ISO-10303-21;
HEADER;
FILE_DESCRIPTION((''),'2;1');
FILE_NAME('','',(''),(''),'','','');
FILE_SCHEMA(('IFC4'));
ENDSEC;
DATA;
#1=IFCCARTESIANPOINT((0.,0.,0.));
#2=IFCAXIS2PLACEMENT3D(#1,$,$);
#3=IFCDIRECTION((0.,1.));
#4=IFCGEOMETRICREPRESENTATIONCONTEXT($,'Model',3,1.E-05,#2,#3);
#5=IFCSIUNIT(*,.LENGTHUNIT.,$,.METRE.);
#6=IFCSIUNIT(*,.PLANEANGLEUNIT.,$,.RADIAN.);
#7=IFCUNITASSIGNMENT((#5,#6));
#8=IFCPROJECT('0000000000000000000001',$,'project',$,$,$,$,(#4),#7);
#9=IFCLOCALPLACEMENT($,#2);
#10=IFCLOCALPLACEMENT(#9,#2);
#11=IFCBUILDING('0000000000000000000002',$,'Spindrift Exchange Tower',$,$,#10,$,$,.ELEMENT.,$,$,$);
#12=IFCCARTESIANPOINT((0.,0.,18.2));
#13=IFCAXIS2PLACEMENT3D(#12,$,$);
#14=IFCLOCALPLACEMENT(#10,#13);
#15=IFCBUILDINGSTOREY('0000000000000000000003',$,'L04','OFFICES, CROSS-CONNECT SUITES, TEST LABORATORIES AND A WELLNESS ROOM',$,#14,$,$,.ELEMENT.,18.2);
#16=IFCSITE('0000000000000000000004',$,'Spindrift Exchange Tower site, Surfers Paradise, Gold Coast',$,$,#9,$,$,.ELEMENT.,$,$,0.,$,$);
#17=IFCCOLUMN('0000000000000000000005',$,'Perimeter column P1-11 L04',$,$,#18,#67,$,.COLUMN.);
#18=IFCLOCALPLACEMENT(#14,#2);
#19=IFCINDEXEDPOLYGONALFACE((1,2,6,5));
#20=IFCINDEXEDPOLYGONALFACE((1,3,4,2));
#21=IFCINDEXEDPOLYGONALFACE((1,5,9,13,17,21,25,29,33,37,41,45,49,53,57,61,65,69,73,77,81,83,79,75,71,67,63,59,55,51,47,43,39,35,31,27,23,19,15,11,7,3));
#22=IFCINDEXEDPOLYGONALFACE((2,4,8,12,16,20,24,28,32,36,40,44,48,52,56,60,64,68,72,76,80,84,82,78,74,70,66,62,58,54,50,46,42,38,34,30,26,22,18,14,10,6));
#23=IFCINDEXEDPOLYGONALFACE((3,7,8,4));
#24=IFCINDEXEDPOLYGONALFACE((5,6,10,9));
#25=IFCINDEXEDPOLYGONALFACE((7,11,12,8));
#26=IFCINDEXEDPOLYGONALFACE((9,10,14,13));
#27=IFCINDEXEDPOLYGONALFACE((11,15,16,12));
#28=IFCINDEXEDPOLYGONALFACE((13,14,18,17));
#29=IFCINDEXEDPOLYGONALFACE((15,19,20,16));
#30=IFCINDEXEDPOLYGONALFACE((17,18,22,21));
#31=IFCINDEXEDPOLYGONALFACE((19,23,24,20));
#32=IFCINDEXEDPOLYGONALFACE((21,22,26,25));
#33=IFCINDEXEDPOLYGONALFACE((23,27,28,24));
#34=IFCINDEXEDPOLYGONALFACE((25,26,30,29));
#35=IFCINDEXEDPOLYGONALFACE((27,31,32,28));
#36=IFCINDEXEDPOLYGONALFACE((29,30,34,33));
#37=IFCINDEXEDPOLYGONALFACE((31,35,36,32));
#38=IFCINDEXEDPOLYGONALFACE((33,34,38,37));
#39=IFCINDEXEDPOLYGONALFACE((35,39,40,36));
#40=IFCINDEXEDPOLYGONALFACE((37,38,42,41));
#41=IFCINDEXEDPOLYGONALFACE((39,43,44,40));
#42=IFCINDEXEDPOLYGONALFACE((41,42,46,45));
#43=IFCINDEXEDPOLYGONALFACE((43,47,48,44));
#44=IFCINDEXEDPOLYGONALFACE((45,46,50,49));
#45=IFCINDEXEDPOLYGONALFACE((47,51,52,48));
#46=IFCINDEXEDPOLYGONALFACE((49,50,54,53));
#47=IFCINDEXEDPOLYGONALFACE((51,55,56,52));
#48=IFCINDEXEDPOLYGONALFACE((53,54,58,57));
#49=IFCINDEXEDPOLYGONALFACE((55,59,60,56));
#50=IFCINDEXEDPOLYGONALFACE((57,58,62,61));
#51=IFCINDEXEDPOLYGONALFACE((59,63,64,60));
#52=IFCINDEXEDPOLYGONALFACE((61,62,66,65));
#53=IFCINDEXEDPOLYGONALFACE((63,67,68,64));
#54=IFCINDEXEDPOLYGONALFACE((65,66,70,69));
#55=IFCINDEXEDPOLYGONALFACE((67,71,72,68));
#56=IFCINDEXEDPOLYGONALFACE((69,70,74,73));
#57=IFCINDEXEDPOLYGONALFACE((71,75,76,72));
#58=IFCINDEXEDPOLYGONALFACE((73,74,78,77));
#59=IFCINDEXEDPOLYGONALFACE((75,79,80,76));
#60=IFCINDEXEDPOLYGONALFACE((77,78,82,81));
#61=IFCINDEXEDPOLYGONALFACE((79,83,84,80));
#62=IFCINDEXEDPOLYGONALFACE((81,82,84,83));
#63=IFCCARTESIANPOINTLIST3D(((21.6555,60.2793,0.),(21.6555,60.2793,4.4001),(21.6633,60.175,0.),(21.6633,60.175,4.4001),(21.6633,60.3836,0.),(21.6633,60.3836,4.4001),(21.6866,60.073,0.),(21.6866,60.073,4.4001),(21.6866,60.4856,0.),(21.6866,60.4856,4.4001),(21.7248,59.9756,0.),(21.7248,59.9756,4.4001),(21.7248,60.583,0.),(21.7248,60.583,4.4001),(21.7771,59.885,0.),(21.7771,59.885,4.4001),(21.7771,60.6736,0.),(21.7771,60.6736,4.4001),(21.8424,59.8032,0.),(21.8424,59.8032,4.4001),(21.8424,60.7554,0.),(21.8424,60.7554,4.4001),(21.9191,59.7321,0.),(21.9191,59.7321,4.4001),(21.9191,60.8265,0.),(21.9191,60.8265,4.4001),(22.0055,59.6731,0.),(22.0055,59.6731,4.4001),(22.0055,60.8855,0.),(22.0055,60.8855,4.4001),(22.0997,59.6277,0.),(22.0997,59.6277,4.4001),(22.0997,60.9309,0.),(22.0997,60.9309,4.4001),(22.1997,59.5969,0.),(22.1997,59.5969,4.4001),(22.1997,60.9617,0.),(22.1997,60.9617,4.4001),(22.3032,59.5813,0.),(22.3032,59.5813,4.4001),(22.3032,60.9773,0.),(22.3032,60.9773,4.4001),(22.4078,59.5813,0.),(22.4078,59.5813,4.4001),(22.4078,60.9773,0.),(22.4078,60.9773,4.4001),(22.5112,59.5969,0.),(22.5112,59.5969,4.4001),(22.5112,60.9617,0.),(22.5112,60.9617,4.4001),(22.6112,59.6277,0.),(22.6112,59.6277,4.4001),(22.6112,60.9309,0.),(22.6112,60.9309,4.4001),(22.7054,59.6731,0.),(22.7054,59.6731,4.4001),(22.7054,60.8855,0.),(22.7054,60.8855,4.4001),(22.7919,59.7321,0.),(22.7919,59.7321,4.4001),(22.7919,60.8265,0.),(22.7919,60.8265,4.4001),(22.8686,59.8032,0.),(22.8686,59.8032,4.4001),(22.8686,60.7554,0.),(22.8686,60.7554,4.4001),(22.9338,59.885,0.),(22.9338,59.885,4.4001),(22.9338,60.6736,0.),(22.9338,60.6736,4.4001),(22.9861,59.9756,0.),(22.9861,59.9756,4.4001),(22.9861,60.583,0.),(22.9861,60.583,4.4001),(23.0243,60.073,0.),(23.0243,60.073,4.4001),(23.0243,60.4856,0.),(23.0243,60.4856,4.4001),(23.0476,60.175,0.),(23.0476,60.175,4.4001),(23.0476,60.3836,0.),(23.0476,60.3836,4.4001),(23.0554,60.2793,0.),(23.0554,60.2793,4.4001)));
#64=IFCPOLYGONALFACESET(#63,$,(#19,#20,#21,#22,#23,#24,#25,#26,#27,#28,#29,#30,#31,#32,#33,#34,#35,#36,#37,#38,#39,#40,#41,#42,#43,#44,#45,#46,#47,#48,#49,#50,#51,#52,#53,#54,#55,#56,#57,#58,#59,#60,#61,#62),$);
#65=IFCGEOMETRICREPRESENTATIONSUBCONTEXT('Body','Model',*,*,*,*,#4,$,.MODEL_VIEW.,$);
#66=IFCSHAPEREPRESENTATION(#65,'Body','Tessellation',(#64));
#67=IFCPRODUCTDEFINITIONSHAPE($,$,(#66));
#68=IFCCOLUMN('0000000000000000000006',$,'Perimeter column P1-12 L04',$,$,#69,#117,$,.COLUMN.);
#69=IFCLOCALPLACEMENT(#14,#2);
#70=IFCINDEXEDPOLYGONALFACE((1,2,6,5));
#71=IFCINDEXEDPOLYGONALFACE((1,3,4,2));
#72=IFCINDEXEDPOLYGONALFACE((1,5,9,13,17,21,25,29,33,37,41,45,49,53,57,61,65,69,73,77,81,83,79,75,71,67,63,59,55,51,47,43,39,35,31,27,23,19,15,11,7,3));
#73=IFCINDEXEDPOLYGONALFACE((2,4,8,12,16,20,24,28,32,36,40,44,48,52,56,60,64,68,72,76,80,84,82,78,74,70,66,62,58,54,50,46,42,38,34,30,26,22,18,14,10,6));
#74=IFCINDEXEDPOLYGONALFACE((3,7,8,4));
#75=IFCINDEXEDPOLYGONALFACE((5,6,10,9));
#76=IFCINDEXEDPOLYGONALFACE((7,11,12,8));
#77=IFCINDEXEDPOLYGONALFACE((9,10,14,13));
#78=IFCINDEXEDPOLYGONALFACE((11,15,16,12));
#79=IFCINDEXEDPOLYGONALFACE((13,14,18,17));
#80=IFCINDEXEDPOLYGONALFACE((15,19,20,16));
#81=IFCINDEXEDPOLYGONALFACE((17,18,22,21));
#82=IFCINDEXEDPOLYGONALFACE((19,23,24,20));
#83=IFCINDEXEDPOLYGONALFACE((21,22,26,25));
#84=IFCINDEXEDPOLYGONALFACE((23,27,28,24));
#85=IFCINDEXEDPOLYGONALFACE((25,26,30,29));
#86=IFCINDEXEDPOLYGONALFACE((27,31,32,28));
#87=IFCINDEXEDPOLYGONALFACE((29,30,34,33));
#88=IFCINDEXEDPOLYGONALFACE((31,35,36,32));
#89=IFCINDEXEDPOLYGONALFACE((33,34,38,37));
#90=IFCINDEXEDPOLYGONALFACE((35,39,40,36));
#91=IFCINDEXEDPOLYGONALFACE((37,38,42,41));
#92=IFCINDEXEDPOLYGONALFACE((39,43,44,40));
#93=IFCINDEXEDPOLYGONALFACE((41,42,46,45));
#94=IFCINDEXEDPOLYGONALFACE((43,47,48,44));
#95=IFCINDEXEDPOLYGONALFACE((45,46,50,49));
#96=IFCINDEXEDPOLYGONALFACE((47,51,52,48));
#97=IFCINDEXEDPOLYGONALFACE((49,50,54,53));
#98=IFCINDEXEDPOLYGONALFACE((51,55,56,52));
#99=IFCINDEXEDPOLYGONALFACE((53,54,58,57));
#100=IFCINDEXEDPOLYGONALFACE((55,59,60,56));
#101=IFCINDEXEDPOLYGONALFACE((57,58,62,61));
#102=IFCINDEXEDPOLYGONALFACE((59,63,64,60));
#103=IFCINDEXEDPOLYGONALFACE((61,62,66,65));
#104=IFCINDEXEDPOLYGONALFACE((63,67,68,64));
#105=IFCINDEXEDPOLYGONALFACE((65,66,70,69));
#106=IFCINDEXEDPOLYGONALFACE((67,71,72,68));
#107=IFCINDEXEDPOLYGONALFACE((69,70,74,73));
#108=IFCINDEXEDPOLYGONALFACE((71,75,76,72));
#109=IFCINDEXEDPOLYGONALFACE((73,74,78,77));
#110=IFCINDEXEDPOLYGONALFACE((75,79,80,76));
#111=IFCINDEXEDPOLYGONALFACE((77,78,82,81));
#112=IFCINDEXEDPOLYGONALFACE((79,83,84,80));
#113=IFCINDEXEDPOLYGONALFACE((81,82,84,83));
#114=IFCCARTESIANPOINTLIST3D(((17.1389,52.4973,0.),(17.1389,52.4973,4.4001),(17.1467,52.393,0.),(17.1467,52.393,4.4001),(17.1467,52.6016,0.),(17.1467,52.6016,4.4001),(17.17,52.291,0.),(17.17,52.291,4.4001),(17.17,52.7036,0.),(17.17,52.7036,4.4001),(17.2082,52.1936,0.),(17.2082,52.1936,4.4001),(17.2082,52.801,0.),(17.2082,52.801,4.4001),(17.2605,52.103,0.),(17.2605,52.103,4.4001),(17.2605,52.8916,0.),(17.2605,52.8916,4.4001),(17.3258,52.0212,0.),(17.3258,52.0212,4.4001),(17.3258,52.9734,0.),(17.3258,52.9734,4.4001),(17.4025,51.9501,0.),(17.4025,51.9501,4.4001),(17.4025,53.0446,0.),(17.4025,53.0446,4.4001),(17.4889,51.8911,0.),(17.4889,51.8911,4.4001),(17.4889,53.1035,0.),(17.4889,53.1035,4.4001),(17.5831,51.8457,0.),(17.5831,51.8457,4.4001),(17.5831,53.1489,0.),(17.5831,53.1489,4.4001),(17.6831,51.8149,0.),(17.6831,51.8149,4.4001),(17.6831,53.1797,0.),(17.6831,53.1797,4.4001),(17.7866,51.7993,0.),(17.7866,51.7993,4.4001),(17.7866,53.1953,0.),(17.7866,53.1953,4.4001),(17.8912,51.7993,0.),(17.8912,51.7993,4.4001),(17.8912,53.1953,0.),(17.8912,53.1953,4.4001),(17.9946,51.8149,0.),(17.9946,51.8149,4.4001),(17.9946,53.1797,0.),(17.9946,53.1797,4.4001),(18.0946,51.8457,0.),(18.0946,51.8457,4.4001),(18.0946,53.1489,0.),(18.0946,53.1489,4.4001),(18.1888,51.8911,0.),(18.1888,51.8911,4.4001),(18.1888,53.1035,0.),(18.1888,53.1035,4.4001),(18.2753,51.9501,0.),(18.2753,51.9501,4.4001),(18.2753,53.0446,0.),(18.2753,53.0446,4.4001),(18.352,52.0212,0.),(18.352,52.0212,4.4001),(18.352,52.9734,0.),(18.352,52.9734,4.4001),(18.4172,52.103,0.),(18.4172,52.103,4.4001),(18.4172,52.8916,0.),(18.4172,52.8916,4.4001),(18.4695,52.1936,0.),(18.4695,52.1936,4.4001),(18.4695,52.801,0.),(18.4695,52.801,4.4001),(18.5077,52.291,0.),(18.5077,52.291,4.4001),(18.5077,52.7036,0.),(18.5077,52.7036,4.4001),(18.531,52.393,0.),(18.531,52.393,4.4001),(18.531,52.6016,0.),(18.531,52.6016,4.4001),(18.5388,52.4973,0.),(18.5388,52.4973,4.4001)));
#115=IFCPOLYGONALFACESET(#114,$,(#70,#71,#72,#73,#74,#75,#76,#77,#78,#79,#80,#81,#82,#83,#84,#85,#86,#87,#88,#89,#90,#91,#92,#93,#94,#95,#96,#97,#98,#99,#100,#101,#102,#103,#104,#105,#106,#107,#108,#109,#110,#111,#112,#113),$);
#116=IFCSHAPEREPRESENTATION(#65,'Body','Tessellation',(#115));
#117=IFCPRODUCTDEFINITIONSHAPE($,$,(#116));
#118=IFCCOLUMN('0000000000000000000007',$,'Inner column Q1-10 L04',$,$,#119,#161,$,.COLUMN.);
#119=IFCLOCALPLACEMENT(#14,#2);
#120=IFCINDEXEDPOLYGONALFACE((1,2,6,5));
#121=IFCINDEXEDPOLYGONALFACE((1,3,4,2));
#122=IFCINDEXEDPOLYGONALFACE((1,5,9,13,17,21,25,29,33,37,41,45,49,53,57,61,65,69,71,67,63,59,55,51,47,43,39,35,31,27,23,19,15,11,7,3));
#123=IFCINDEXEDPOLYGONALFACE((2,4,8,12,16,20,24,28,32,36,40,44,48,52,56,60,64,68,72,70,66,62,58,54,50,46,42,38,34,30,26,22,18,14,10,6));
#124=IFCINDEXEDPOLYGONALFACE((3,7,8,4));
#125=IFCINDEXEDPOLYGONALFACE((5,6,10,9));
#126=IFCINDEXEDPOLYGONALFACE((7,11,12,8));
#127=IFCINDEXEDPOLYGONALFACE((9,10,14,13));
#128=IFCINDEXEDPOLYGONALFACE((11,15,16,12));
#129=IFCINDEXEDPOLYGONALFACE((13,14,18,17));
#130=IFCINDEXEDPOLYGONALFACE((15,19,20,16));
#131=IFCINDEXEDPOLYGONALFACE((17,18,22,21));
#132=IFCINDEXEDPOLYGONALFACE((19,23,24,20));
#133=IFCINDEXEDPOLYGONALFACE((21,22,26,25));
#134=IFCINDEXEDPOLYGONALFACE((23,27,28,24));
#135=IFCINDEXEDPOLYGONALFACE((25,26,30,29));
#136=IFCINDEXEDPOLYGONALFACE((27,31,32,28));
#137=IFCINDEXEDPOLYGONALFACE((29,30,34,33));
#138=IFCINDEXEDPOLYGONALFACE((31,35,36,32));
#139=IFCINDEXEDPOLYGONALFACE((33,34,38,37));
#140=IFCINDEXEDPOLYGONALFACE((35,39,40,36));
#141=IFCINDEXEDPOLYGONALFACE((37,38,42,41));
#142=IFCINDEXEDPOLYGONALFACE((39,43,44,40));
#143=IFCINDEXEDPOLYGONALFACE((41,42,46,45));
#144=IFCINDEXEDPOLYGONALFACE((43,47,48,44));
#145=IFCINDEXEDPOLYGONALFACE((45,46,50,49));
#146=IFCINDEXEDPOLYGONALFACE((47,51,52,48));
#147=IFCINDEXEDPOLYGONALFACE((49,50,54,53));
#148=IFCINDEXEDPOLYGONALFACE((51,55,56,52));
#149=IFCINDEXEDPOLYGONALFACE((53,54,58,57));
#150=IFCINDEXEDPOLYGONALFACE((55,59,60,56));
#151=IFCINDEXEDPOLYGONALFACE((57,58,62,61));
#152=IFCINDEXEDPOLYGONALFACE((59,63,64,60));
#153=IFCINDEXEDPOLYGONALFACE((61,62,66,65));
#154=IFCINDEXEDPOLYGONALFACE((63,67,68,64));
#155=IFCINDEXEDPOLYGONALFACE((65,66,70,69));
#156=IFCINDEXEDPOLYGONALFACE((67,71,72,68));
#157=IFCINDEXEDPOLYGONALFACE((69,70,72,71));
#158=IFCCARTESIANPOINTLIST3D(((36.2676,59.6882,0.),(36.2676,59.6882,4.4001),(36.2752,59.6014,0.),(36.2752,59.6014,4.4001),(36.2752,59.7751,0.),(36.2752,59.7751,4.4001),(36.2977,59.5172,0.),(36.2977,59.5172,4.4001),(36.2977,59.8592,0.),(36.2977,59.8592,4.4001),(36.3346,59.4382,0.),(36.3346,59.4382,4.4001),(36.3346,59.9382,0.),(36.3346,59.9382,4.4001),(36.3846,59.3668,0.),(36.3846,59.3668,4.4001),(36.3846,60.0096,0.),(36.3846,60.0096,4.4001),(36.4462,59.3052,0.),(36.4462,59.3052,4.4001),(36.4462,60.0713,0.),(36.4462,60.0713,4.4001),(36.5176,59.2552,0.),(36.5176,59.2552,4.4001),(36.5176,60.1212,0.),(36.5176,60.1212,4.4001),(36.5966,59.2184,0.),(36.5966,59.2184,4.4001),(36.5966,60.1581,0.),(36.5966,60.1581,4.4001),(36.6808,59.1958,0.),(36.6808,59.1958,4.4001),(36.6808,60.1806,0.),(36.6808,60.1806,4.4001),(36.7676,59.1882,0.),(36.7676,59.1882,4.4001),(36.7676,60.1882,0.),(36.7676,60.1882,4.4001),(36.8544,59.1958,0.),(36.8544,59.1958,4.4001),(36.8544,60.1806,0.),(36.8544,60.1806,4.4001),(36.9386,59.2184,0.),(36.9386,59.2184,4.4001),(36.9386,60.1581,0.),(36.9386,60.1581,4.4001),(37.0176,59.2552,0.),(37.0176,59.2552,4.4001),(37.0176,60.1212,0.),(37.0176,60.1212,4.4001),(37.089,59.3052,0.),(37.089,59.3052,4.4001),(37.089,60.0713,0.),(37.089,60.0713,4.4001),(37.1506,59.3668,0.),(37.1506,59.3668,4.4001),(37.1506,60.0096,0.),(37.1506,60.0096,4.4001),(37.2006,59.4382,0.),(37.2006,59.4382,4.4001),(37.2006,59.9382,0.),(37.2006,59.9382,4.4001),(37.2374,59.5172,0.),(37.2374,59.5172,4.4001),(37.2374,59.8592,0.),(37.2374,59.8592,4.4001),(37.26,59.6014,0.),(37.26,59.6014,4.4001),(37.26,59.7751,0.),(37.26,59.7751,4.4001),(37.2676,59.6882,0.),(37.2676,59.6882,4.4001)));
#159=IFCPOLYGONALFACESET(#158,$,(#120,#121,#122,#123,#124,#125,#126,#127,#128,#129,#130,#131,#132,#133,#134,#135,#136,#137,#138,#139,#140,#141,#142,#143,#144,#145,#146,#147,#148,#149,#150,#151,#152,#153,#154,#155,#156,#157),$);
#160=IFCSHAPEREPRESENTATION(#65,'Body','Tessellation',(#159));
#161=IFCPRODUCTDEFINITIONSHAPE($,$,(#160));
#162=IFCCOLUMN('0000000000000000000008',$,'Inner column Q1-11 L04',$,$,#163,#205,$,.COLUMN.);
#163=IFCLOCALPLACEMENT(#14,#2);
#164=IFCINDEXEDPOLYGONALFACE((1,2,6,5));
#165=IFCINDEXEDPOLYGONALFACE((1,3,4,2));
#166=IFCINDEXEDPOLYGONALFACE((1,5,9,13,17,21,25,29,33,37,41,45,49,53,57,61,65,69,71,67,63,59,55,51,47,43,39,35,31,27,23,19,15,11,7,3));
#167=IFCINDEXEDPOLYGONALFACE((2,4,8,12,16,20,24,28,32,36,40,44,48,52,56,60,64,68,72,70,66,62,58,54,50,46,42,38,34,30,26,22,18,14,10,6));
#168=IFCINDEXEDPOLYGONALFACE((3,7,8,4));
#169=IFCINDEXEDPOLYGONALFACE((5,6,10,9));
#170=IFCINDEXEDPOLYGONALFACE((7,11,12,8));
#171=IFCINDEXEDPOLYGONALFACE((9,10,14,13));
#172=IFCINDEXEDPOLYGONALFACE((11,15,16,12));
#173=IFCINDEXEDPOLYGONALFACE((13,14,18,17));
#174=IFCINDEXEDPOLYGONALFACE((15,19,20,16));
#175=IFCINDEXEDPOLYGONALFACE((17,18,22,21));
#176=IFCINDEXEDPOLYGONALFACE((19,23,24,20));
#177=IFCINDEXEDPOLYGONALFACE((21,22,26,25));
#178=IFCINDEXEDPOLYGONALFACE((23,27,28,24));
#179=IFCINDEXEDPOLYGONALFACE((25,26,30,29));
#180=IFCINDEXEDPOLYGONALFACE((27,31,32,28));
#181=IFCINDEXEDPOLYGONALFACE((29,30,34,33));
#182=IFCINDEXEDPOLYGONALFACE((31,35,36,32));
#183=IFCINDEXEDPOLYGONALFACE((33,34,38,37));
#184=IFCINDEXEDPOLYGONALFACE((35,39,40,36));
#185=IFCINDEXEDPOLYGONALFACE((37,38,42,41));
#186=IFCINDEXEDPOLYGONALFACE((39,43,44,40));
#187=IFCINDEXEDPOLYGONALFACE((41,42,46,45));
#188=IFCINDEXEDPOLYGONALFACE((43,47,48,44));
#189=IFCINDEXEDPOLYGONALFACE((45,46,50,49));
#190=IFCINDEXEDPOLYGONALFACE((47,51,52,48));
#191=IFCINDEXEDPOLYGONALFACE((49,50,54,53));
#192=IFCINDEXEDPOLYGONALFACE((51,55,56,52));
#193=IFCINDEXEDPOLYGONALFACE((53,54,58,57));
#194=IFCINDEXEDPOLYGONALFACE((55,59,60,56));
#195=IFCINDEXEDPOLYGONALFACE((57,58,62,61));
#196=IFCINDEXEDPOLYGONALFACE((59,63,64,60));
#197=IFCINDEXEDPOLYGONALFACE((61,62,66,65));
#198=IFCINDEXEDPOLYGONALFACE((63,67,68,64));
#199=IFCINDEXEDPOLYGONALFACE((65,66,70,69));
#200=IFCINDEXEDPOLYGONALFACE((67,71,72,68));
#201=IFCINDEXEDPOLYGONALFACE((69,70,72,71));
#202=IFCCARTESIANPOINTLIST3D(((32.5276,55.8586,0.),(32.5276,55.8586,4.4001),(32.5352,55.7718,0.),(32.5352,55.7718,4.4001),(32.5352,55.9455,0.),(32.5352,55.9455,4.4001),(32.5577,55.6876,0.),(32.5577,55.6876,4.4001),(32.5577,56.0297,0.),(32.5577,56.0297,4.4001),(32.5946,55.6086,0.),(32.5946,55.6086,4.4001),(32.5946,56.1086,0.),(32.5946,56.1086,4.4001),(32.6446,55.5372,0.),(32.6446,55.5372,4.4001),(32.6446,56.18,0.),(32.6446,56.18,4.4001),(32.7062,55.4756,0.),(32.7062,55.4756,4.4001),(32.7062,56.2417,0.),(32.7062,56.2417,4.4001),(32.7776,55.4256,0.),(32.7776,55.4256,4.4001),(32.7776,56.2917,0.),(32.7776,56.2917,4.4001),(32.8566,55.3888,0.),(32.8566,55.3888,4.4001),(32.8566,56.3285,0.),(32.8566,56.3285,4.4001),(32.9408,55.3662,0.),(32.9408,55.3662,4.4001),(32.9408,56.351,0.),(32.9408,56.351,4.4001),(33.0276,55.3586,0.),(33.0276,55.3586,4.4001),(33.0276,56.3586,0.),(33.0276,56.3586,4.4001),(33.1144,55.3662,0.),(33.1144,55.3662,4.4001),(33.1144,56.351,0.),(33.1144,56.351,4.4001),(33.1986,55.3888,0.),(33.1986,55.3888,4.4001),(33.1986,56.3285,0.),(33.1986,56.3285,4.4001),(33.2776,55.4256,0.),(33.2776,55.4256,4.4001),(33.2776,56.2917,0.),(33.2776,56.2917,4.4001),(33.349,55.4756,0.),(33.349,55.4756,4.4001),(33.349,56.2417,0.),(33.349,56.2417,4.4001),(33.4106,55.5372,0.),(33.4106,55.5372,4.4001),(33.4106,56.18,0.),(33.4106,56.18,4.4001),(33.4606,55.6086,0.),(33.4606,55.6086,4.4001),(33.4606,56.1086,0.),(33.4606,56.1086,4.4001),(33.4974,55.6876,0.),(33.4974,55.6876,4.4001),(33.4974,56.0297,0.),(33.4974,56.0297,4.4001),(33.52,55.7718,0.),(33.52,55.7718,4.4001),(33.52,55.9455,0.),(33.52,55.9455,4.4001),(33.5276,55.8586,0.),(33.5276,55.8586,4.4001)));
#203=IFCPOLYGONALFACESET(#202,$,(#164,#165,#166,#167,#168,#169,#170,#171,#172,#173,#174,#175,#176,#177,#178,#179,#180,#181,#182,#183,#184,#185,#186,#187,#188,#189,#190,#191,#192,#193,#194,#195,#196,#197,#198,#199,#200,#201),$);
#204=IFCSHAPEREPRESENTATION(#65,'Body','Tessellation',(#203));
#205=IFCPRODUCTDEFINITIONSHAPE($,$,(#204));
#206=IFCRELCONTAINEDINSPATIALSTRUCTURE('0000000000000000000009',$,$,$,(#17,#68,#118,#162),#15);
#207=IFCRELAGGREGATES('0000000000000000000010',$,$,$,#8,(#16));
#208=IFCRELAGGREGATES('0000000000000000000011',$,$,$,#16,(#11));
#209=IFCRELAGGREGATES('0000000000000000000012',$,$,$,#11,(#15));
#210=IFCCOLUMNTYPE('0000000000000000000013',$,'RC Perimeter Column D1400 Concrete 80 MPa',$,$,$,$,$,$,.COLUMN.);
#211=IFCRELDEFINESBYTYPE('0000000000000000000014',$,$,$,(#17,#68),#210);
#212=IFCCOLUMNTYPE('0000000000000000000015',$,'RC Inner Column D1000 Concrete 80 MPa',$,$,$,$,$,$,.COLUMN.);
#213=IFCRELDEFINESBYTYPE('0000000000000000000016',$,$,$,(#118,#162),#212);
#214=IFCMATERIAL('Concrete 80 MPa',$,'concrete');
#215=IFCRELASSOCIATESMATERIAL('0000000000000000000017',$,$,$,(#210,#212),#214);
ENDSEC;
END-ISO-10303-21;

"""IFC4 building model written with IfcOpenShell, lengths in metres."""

from ifc_helpers import new_model, si_unit, direction, frame, origin, origin_2d, place, context, subcontext, project, spatial, circle, extrude, source, transform, mapped, material, material_profile, profile_set, type_object, element, save


model = new_model("IFC4")

# Units and contexts
model_context = context("Model", 3, precision=1e-05, world=origin(), true_north=direction((0.0, 1.0)))
body_context = subcontext(model_context, "Body", "Model", "MODEL_VIEW")
ifc_project = project(units=[si_unit("LENGTHUNIT", "METRE"), si_unit("PLANEANGLEUNIT", "RADIAN")], contexts=[model_context])

# Site, building, storey
site_placement = place(None, origin())
site = spatial("IfcSite", under=ifc_project, at=site_placement, Name="Spindrift Exchange Tower site, Surfers Paradise, Gold Coast", CompositionType="ELEMENT", RefElevation=0.0)
building_placement = place(site_placement, origin())
building = spatial("IfcBuilding", under=site, at=building_placement, Name="Spindrift Exchange Tower", CompositionType="ELEMENT")
storey_placement = place(building_placement, frame((0.0, 0.0, 18.2)))
storey = spatial("IfcBuildingStorey", under=building, at=storey_placement, Name="L04", Description="OFFICES, CROSS-CONNECT SUITES, TEST LABORATORIES AND A WELLNESS ROOM", CompositionType="ELEMENT", Elevation=18.2)

# Columns
ifc_material_1 = material(Name="Concrete 80 MPa", Category="concrete")
ifc_material_profile_1 = material_profile(ifc_material_1, circle(Radius=0.7, at=origin_2d()), Name="RC D1400")
ifc_profile_set_1 = profile_set([ifc_material_profile_1], Name="Concrete 80 MPa")
column_type_1 = type_object("IfcColumnType", Name="RC Perimeter Column D1400 Concrete 80 MPa", PredefinedType="COLUMN", material=ifc_profile_set_1)
shared_shape_1 = source(origin(), body_context, "Body", "SweptSolid", [
    extrude(circle(Radius=0.7, at=origin_2d()), origin(), (0.0, 0.0, 1.0), 4.4001),
])
for number, where, z_axis, x_axis, name in (
    (1, (22.3555, 60.2793, 0.0), (0.0, 0.0, 1.0), (1.0, 0.0, 0.0), "Perimeter column P1-11 L04"),
    (2, (17.8389, 52.4973, 0.0), (0.0, 0.0, 1.0), (1.0, 0.0, 0.0), "Perimeter column P1-12 L04"),
):
    element("IfcColumn", number, at=place(storey_placement, frame(where, z_axis=z_axis, x_axis=x_axis)), inside=storey, type_object=column_type_1, Name=name, PredefinedType="COLUMN", context=body_context, shape_type="MappedRepresentation", body=[
        mapped(shared_shape_1, transform((0.0, 0.0, 0.0), scale=1.0)),
    ])
ifc_material_profile_2 = material_profile(ifc_material_1, circle(Radius=0.5, at=origin_2d()), Name="RC D1000")
ifc_profile_set_2 = profile_set([ifc_material_profile_2], Name="Concrete 80 MPa")
column_type_2 = type_object("IfcColumnType", Name="RC Inner Column D1000 Concrete 80 MPa", PredefinedType="COLUMN", material=ifc_profile_set_2)
shared_shape_2 = source(origin(), body_context, "Body", "SweptSolid", [
    extrude(circle(Radius=0.5, at=origin_2d()), origin(), (0.0, 0.0, 1.0), 4.4001),
])
for number, where, z_axis, x_axis, name in (
    (3, (36.7676, 59.6882, 0.0), (0.0, 0.0, 1.0), (1.0, 0.0, 0.0), "Inner column Q1-10 L04"),
    (4, (33.0276, 55.8586, 0.0), (0.0, 0.0, 1.0), (1.0, 0.0, 0.0), "Inner column Q1-11 L04"),
):
    element("IfcColumn", number, at=place(storey_placement, frame(where, z_axis=z_axis, x_axis=x_axis)), inside=storey, type_object=column_type_2, Name=name, PredefinedType="COLUMN", context=body_context, shape_type="MappedRepresentation", body=[
        mapped(shared_shape_2, transform((0.0, 0.0, 0.0), scale=1.0)),
    ])

save(model, "model.ifc")
